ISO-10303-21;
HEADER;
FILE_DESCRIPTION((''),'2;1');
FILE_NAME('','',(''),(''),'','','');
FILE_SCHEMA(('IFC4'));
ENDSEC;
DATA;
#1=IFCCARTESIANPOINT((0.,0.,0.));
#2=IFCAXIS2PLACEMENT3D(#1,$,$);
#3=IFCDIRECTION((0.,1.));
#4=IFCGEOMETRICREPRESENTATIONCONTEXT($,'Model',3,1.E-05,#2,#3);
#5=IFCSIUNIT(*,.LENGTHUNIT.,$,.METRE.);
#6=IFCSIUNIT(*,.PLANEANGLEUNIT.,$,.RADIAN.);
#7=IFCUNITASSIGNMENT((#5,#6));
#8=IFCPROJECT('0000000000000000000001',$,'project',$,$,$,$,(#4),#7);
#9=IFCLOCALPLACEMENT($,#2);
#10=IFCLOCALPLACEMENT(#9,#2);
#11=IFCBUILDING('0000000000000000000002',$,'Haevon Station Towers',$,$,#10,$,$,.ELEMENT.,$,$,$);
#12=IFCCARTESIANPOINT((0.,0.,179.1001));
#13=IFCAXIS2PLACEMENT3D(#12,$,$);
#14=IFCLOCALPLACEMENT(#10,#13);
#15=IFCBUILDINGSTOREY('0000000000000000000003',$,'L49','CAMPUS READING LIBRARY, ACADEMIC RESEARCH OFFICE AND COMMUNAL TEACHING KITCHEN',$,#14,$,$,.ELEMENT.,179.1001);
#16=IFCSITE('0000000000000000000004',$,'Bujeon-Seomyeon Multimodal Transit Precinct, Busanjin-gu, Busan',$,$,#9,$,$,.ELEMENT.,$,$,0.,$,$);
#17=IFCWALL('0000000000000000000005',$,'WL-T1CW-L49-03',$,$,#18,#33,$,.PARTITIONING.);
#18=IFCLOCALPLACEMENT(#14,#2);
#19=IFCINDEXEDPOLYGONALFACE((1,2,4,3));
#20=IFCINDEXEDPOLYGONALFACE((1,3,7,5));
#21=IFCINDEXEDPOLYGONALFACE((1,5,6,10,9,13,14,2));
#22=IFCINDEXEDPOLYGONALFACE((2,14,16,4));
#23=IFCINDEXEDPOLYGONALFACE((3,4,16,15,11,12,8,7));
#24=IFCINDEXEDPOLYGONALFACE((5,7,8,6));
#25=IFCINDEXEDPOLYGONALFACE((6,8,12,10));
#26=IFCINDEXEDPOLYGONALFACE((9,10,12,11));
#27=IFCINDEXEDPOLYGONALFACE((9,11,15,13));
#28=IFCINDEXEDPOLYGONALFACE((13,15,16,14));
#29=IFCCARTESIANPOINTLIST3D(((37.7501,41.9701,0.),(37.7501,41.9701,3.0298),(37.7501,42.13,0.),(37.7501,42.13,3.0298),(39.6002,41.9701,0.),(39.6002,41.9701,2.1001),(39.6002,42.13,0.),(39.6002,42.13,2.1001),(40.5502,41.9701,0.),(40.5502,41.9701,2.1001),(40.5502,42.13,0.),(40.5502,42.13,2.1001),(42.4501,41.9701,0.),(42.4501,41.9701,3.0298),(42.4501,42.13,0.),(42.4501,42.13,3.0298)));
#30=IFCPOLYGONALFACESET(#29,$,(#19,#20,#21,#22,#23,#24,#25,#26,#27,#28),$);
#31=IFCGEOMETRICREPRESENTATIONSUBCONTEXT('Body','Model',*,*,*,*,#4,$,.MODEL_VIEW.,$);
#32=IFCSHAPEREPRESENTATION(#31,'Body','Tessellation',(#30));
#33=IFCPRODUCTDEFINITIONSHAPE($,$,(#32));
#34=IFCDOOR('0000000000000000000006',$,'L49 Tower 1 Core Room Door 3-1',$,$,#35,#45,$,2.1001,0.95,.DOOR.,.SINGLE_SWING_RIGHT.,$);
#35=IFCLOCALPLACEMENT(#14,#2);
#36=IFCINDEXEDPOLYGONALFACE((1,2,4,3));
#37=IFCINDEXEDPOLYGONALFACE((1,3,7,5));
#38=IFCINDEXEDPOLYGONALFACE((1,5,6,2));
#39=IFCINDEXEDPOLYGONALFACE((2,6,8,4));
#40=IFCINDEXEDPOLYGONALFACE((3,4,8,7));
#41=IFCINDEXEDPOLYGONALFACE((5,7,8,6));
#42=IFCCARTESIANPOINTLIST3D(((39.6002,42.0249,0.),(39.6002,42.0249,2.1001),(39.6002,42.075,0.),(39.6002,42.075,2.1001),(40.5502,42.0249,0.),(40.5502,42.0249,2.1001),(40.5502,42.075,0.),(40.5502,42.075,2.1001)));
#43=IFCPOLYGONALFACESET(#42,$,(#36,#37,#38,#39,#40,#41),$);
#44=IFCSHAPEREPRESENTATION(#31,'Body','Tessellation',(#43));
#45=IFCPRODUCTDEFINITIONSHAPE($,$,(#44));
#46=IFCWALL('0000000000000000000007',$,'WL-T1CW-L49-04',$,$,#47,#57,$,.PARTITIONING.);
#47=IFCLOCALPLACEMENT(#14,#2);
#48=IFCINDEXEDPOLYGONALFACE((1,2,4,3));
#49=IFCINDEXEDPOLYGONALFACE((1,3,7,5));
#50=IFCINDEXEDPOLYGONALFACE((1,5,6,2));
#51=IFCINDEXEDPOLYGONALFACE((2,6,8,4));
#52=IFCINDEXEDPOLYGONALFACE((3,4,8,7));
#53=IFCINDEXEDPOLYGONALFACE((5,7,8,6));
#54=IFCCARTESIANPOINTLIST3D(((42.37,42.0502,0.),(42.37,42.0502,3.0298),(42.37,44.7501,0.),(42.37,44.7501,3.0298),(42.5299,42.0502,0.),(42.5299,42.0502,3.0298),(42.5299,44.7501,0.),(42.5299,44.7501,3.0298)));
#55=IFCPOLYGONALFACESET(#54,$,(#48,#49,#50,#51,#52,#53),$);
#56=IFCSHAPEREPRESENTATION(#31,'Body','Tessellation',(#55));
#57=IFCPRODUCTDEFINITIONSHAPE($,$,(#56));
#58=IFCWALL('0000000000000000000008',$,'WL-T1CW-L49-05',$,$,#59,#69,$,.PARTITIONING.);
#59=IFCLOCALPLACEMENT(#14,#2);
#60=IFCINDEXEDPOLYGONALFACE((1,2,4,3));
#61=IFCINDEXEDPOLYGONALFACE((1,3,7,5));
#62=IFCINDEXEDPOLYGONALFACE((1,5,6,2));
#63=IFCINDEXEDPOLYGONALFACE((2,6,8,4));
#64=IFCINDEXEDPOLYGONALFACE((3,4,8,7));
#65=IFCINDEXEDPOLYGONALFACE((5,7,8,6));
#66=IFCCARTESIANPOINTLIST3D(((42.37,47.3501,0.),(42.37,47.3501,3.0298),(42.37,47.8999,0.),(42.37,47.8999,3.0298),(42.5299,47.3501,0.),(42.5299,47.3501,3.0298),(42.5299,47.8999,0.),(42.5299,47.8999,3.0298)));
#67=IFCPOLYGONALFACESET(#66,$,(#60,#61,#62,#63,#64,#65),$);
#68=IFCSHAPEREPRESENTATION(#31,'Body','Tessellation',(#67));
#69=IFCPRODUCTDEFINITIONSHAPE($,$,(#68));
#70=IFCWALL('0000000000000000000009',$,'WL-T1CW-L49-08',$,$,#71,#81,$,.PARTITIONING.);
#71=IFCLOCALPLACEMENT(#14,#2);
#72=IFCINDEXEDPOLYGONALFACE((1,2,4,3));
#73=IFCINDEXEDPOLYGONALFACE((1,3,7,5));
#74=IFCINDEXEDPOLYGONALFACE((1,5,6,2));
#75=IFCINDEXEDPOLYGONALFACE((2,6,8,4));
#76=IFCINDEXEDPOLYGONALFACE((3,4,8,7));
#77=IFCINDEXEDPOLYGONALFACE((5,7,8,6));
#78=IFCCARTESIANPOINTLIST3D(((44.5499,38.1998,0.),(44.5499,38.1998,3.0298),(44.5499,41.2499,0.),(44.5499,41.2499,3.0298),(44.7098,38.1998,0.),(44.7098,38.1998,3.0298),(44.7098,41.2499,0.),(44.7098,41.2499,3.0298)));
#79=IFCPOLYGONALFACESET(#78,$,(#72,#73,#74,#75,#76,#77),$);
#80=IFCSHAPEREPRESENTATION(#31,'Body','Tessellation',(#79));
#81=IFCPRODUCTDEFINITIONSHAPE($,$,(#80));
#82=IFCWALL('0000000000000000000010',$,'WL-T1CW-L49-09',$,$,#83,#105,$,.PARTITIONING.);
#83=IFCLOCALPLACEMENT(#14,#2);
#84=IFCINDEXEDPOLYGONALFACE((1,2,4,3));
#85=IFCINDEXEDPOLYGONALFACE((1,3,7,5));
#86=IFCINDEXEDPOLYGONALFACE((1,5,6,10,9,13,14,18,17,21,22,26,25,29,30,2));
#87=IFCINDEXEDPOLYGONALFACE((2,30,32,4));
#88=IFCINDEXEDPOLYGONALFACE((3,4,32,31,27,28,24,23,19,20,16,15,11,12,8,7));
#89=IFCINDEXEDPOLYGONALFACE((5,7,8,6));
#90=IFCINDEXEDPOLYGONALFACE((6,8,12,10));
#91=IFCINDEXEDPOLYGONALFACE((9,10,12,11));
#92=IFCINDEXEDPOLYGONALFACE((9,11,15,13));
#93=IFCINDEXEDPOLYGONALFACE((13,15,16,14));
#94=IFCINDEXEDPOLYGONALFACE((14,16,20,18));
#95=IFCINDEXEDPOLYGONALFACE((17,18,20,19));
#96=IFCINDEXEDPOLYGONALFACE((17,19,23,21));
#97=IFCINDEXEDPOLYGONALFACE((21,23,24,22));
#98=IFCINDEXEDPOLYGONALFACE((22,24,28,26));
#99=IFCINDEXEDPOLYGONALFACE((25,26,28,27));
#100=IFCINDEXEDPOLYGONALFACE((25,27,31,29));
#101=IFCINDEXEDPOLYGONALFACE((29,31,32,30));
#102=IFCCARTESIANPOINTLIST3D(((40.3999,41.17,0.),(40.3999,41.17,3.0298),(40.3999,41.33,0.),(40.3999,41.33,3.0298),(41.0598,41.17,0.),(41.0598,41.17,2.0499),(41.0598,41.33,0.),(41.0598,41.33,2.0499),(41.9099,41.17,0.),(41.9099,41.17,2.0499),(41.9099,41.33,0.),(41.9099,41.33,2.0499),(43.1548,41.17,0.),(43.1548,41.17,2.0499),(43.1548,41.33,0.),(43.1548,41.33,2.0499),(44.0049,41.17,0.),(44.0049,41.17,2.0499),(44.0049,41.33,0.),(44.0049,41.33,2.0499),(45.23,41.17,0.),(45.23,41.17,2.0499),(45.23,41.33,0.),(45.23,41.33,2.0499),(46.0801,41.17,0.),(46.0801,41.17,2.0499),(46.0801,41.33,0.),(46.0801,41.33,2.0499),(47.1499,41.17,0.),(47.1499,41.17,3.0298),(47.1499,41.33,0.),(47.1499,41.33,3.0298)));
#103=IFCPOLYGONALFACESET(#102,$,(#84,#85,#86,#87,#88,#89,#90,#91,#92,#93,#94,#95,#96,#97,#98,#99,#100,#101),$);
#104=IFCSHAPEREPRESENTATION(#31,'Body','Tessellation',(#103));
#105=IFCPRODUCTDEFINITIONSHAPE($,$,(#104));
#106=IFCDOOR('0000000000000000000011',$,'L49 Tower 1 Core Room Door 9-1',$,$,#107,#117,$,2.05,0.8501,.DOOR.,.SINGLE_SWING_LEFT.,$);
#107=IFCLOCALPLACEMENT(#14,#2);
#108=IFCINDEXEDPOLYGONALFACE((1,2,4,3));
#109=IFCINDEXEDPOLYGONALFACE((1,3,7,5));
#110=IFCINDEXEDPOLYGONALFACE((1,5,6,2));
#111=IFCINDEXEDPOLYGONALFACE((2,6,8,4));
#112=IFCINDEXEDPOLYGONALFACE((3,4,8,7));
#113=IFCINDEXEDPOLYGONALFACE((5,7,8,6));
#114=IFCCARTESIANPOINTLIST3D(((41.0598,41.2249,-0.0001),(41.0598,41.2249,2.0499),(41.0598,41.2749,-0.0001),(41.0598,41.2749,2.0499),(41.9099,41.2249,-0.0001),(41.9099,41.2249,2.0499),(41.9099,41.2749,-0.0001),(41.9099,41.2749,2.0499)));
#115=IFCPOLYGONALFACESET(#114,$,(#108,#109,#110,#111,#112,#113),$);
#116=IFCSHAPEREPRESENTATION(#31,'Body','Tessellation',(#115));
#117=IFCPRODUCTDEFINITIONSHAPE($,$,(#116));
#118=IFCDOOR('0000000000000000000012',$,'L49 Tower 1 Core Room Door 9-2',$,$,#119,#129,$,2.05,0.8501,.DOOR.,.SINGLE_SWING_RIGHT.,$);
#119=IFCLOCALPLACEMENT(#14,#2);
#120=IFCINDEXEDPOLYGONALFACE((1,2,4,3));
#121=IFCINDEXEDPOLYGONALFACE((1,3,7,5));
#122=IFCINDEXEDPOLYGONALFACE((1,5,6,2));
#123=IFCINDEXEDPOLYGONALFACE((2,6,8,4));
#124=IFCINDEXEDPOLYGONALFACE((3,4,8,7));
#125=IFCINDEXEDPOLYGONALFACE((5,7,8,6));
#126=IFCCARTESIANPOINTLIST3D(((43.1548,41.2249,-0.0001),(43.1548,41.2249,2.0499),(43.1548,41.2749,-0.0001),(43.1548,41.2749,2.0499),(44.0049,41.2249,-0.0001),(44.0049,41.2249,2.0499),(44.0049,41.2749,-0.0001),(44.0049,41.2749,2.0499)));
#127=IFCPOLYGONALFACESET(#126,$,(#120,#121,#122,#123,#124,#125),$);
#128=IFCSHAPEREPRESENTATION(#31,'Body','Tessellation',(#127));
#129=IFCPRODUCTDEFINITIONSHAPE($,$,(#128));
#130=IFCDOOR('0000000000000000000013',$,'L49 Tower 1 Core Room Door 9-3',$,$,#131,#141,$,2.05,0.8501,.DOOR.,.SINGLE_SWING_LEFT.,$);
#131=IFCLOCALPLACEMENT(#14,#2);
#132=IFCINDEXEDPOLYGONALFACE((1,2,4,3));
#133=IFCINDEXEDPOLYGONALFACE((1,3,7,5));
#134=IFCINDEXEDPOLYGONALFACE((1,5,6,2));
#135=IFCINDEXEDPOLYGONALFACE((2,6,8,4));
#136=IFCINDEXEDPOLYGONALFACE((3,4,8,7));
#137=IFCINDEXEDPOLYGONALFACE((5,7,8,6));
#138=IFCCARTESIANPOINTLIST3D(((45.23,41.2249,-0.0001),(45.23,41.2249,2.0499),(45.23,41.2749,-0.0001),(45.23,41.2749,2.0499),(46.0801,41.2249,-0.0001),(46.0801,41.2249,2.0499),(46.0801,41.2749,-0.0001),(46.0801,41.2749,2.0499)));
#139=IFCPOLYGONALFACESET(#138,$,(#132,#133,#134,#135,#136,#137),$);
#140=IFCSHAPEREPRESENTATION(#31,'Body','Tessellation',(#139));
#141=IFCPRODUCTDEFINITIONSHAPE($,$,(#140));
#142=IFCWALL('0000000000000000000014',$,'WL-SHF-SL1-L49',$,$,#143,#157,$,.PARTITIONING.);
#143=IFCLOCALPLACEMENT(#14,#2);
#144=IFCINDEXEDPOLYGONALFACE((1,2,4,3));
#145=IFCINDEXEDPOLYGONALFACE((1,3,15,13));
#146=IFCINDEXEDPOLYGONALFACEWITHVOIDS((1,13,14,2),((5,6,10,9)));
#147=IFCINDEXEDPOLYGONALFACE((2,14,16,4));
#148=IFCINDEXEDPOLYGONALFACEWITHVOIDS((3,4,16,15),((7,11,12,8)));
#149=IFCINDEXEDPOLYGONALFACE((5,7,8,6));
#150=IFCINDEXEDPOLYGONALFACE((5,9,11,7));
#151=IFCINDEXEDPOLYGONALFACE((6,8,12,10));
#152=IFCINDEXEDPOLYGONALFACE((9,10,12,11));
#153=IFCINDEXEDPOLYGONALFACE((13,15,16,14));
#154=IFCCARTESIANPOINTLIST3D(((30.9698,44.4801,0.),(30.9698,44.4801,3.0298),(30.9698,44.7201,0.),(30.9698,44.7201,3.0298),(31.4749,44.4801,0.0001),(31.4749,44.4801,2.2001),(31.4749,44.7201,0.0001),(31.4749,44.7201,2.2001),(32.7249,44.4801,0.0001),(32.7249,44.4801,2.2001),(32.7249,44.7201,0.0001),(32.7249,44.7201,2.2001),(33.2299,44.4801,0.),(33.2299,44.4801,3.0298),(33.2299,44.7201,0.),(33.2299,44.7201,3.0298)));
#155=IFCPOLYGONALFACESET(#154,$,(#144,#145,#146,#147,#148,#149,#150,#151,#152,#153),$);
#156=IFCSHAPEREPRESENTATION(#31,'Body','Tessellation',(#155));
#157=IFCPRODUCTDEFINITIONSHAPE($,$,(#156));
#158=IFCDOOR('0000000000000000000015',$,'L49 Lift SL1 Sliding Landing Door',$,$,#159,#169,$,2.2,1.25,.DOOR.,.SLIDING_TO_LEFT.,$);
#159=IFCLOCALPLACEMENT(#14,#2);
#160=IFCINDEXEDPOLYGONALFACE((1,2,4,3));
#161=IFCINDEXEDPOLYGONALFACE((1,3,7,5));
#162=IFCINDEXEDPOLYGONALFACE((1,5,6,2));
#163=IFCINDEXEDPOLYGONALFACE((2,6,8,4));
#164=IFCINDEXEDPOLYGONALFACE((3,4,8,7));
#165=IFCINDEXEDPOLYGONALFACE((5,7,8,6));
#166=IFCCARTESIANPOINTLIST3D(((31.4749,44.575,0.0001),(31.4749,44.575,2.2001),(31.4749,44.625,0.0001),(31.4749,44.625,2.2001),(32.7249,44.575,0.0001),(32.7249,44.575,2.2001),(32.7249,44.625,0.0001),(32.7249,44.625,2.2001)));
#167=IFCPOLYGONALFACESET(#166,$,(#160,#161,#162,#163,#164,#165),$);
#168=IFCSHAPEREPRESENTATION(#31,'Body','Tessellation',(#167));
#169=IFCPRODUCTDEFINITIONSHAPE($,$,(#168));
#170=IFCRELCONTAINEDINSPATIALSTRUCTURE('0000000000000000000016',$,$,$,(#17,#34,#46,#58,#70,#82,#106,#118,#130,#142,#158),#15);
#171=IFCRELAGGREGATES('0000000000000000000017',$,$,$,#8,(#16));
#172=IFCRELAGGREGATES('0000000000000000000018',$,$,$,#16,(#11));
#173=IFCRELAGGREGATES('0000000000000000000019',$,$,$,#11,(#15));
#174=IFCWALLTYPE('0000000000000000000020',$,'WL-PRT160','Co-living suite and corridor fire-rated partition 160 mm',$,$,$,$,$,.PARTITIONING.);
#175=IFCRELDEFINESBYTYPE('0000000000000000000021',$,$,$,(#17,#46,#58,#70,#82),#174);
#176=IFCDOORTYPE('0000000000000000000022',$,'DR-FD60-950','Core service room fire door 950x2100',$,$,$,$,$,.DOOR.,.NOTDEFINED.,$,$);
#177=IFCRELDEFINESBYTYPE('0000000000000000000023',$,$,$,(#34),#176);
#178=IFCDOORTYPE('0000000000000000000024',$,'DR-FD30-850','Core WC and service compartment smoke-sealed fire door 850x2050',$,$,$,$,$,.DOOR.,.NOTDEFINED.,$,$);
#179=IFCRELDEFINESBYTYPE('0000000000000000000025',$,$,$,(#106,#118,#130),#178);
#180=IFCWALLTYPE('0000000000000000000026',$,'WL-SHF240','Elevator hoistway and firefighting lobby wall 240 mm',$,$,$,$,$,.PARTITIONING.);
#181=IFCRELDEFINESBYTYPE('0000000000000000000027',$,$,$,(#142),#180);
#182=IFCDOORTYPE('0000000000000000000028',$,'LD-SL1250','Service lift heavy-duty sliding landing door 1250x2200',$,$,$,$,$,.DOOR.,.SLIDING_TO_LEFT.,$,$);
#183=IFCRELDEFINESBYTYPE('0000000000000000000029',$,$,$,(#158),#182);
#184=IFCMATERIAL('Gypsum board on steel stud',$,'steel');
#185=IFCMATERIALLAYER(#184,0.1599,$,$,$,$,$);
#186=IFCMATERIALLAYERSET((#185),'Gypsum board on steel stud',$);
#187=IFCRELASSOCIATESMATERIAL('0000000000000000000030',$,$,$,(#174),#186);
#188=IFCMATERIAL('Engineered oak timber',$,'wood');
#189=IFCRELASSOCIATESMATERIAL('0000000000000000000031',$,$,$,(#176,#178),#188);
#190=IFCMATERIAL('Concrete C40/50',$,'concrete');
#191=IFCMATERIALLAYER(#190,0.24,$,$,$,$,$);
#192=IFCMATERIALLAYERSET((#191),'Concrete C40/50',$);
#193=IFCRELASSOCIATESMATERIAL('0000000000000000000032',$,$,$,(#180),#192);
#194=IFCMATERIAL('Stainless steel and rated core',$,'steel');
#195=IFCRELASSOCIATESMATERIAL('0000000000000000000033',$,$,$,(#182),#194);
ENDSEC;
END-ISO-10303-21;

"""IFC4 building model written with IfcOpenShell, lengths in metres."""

from ifc_helpers import new_model, si_unit, direction, frame, frame_2d, origin, place, context, subcontext, project, spatial, rectangle, extrude, material, layer, layer_set, type_object, element, fill, save


model = new_model("IFC4")

# Units and contexts
model_context = context("Model", 3, precision=1e-05, world=origin(), true_north=direction((0.0, 1.0)))
body_context = subcontext(model_context, "Body", "Model", "MODEL_VIEW")
ifc_project = project(units=[si_unit("LENGTHUNIT", "METRE"), si_unit("PLANEANGLEUNIT", "RADIAN")], contexts=[model_context])

# Site, building, storey
site_placement = place(None, origin())
site = spatial("IfcSite", under=ifc_project, at=site_placement, Name="Bujeon-Seomyeon Multimodal Transit Precinct, Busanjin-gu, Busan", CompositionType="ELEMENT", RefElevation=0.0)
building_placement = place(site_placement, origin())
building = spatial("IfcBuilding", under=site, at=building_placement, Name="Haevon Station Towers", CompositionType="ELEMENT")
storey_placement = place(building_placement, frame((0.0, 0.0, 179.1001)))
storey = spatial("IfcBuildingStorey", under=building, at=storey_placement, Name="L49", Description="CAMPUS READING LIBRARY, ACADEMIC RESEARCH OFFICE AND COMMUNAL TEACHING KITCHEN", CompositionType="ELEMENT", Elevation=179.1001)

# Shared definitions
ifc_material_1 = material(Name="Gypsum board on steel stud", Category="steel")
ifc_layer_1 = layer(ifc_material_1, 0.1599)
ifc_layer_set_1 = layer_set([ifc_layer_1], Name="Gypsum board on steel stud")
wall_type_1 = type_object("IfcWallType", Name="WL-PRT160", Description="Co-living suite and corridor fire-rated partition 160 mm", PredefinedType="PARTITIONING", material=ifc_layer_set_1)
ifc_material_2 = material(Name="Engineered oak timber", Category="wood")
door_type_1 = type_object("IfcDoorType", Name="DR-FD60-950", Description="Core service room fire door 950x2100", OperationType="NOTDEFINED", PredefinedType="DOOR", material=ifc_material_2)

# Wall, opening, door
wall_1_placement = place(storey_placement, frame((37.75, 42.05, 0.0), z_axis=(0.0, 0.0, 1.0), x_axis=(1.0, 0.0, 0.0)))
wall_1 = element("IfcWall", 1, at=wall_1_placement, inside=storey, type_object=wall_type_1, Name="WL-T1CW-L49-03", PredefinedType="PARTITIONING", context=body_context, shape_type="SweptSolid", body=[
    extrude(rectangle(XDim=4.7, YDim=0.1599, at=frame_2d((2.3501, 0.0))), origin(), (0.0, 0.0, 1.0), 3.0298),
])
opening_1_placement = place(wall_1_placement, frame((1.8501, 0.0, 0.0)))
opening_1 = element("IfcOpeningElement", 2, at=opening_1_placement, cuts=wall_1, PredefinedType="OPENING", context=body_context, shape_type="SweptSolid", body=[
    extrude(rectangle(XDim=0.95, YDim=2.1001, at=frame_2d((0.4751, 1.05))), frame((0.0, 0.0898, 0.0), z_axis=(0.0, -1.0, 0.0), x_axis=(1.0, 0.0, 0.0)), (0.0, 0.0, 1.0), 0.1799),
])
door_1_placement = place(opening_1_placement, origin())
door_1 = element("IfcDoor", 3, at=door_1_placement, inside=storey, type_object=door_type_1, Name="L49 Tower 1 Core Room Door 3-1", OperationType="SINGLE_SWING_RIGHT", OverallHeight=2.1001, OverallWidth=0.95, PredefinedType="DOOR", context=body_context, shape_type="SweptSolid", body=[
    extrude(rectangle(XDim=0.95, YDim=2.1001, at=frame_2d((0.4751, 1.05))), frame((0.0, 0.0249, 0.0), z_axis=(0.0, -1.0, 0.0), x_axis=(1.0, 0.0, 0.0)), (0.0, 0.0, 1.0), 0.05),
])
fill(opening_1, door_1)

# Walls
wall_2_placement = place(storey_placement, frame((42.45, 42.05, 0.0), z_axis=(0.0, 0.0, 1.0), x_axis=(0.0, 1.0, 0.0)))
element("IfcWall", 4, at=wall_2_placement, inside=storey, type_object=wall_type_1, Name="WL-T1CW-L49-04", PredefinedType="PARTITIONING", context=body_context, shape_type="SweptSolid", body=[
    extrude(rectangle(XDim=2.7, YDim=0.1599, at=frame_2d((1.3501, 0.0))), origin(), (0.0, 0.0, 1.0), 3.0298),
])
wall_3_placement = place(storey_placement, frame((42.45, 47.3501, 0.0), z_axis=(0.0, 0.0, 1.0), x_axis=(0.0, 1.0, 0.0)))
element("IfcWall", 5, at=wall_3_placement, inside=storey, type_object=wall_type_1, Name="WL-T1CW-L49-05", PredefinedType="PARTITIONING", context=body_context, shape_type="SweptSolid", body=[
    extrude(rectangle(XDim=0.5498, YDim=0.1599, at=frame_2d((0.2749, 0.0))), origin(), (0.0, 0.0, 1.0), 3.0298),
])
wall_4_placement = place(storey_placement, frame((44.6299, 38.2, 0.0), z_axis=(0.0, 0.0, 1.0), x_axis=(0.0, 1.0, 0.0)))
element("IfcWall", 6, at=wall_4_placement, inside=storey, type_object=wall_type_1, Name="WL-T1CW-L49-08", PredefinedType="PARTITIONING", context=body_context, shape_type="SweptSolid", body=[
    extrude(rectangle(XDim=3.05, YDim=0.1599, at=frame_2d((1.5249, 0.0))), origin(), (0.0, 0.0, 1.0), 3.0298),
])

# Wall, openings, doors
wall_5_placement = place(storey_placement, frame((40.3999, 41.25, 0.0), z_axis=(0.0, 0.0, 1.0), x_axis=(1.0, 0.0, 0.0)))
wall_5 = element("IfcWall", 7, at=wall_5_placement, inside=storey, type_object=wall_type_1, Name="WL-T1CW-L49-09", PredefinedType="PARTITIONING", context=body_context, shape_type="SweptSolid", body=[
    extrude(rectangle(XDim=6.75, YDim=0.1599, at=frame_2d((3.375, 0.0))), origin(), (0.0, 0.0, 1.0), 3.0298),
])
opening_2_placement = place(wall_5_placement, frame((0.6599, 0.0, 0.0)))
opening_2 = element("IfcOpeningElement", 8, at=opening_2_placement, cuts=wall_5, PredefinedType="OPENING", context=body_context, shape_type="SweptSolid", body=[
    extrude(rectangle(XDim=0.8501, YDim=2.05, at=frame_2d((0.425, 1.0249))), frame((0.0, 0.0898, 0.0), z_axis=(0.0, -1.0, 0.0), x_axis=(1.0, 0.0, 0.0)), (0.0, 0.0, 1.0), 0.1799),
])
opening_3_placement = place(wall_5_placement, frame((2.7549, 0.0, 0.0)))
opening_3 = element("IfcOpeningElement", 9, at=opening_3_placement, cuts=wall_5, PredefinedType="OPENING", context=body_context, shape_type="SweptSolid", body=[
    extrude(rectangle(XDim=0.8501, YDim=2.05, at=frame_2d((0.425, 1.0249))), frame((0.0, 0.0898, 0.0), z_axis=(0.0, -1.0, 0.0), x_axis=(1.0, 0.0, 0.0)), (0.0, 0.0, 1.0), 0.1799),
])
opening_4_placement = place(wall_5_placement, frame((4.8301, 0.0, 0.0)))
opening_4 = element("IfcOpeningElement", 10, at=opening_4_placement, cuts=wall_5, PredefinedType="OPENING", context=body_context, shape_type="SweptSolid", body=[
    extrude(rectangle(XDim=0.8501, YDim=2.05, at=frame_2d((0.425, 1.0249))), frame((0.0, 0.0898, 0.0), z_axis=(0.0, -1.0, 0.0), x_axis=(1.0, 0.0, 0.0)), (0.0, 0.0, 1.0), 0.1799),
])
door_type_2 = type_object("IfcDoorType", Name="DR-FD30-850", Description="Core WC and service compartment smoke-sealed fire door 850x2050", OperationType="NOTDEFINED", PredefinedType="DOOR", material=ifc_material_2)
door_2_placement = place(opening_2_placement, origin())
door_2 = element("IfcDoor", 11, at=door_2_placement, inside=storey, type_object=door_type_2, Name="L49 Tower 1 Core Room Door 9-1", OperationType="SINGLE_SWING_LEFT", OverallHeight=2.05, OverallWidth=0.8501, PredefinedType="DOOR", context=body_context, shape_type="SweptSolid", body=[
    extrude(rectangle(XDim=0.8501, YDim=2.05, at=frame_2d((0.425, 1.0249))), frame((0.0, 0.0249, 0.0), z_axis=(0.0, -1.0, 0.0), x_axis=(1.0, 0.0, 0.0)), (0.0, 0.0, 1.0), 0.05),
])
fill(opening_2, door_2)
door_3_placement = place(opening_3_placement, origin())
door_3 = element("IfcDoor", 12, at=door_3_placement, inside=storey, type_object=door_type_2, Name="L49 Tower 1 Core Room Door 9-2", OperationType="SINGLE_SWING_RIGHT", OverallHeight=2.05, OverallWidth=0.8501, PredefinedType="DOOR", context=body_context, shape_type="SweptSolid", body=[
    extrude(rectangle(XDim=0.8501, YDim=2.05, at=frame_2d((0.425, 1.0249))), frame((0.0, 0.0249, 0.0), z_axis=(0.0, -1.0, 0.0), x_axis=(1.0, 0.0, 0.0)), (0.0, 0.0, 1.0), 0.05),
])
fill(opening_3, door_3)
door_4_placement = place(opening_4_placement, origin())
door_4 = element("IfcDoor", 13, at=door_4_placement, inside=storey, type_object=door_type_2, Name="L49 Tower 1 Core Room Door 9-3", OperationType="SINGLE_SWING_LEFT", OverallHeight=2.05, OverallWidth=0.8501, PredefinedType="DOOR", context=body_context, shape_type="SweptSolid", body=[
    extrude(rectangle(XDim=0.8501, YDim=2.05, at=frame_2d((0.425, 1.0249))), frame((0.0, 0.0249, 0.0), z_axis=(0.0, -1.0, 0.0), x_axis=(1.0, 0.0, 0.0)), (0.0, 0.0, 1.0), 0.05),
])
fill(opening_4, door_4)

# Wall, opening, door
ifc_material_3 = material(Name="Concrete C40/50", Category="concrete")
ifc_layer_2 = layer(ifc_material_3, 0.24)
ifc_layer_set_2 = layer_set([ifc_layer_2], Name="Concrete C40/50")
wall_type_2 = type_object("IfcWallType", Name="WL-SHF240", Description="Elevator hoistway and firefighting lobby wall 240 mm", PredefinedType="PARTITIONING", material=ifc_layer_set_2)
wall_6_placement = place(storey_placement, frame((30.97, 44.6001, 0.0), z_axis=(0.0, 0.0, 1.0), x_axis=(1.0, 0.0, 0.0)))
wall_6 = element("IfcWall", 14, at=wall_6_placement, inside=storey, type_object=wall_type_2, Name="WL-SHF-SL1-L49", PredefinedType="PARTITIONING", context=body_context, shape_type="SweptSolid", body=[
    extrude(rectangle(XDim=2.26, YDim=0.24, at=frame_2d((1.1299, 0.0))), origin(), (0.0, 0.0, 1.0), 3.0298),
])
opening_5_placement = place(wall_6_placement, frame((0.5049, 0.0, 0.0)))
opening_5 = element("IfcOpeningElement", 15, at=opening_5_placement, cuts=wall_6, PredefinedType="OPENING", context=body_context, shape_type="SweptSolid", body=[
    extrude(rectangle(XDim=1.25, YDim=2.2, at=frame_2d((0.625, 1.1001))), frame((0.0, 0.1299, 0.0), z_axis=(0.0, -1.0, 0.0), x_axis=(1.0, 0.0, 0.0)), (0.0, 0.0, 1.0), 0.26),
])
ifc_material_4 = material(Name="Stainless steel and rated core", Category="steel")
door_type_3 = type_object("IfcDoorType", Name="LD-SL1250", Description="Service lift heavy-duty sliding landing door 1250x2200", OperationType="SLIDING_TO_LEFT", PredefinedType="DOOR", material=ifc_material_4)
door_5_placement = place(opening_5_placement, origin())
door_5 = element("IfcDoor", 16, at=door_5_placement, inside=storey, type_object=door_type_3, Name="L49 Lift SL1 Sliding Landing Door", OperationType="SLIDING_TO_LEFT", OverallHeight=2.2, OverallWidth=1.25, PredefinedType="DOOR", context=body_context, shape_type="SweptSolid", body=[
    extrude(rectangle(XDim=1.25, YDim=2.2, at=frame_2d((0.625, 1.1001))), frame((0.0, 0.0249, 0.0), z_axis=(0.0, -1.0, 0.0), x_axis=(1.0, 0.0, 0.0)), (0.0, 0.0, 1.0), 0.05),
])
fill(opening_5, door_5)

save(model, "model.ifc")
